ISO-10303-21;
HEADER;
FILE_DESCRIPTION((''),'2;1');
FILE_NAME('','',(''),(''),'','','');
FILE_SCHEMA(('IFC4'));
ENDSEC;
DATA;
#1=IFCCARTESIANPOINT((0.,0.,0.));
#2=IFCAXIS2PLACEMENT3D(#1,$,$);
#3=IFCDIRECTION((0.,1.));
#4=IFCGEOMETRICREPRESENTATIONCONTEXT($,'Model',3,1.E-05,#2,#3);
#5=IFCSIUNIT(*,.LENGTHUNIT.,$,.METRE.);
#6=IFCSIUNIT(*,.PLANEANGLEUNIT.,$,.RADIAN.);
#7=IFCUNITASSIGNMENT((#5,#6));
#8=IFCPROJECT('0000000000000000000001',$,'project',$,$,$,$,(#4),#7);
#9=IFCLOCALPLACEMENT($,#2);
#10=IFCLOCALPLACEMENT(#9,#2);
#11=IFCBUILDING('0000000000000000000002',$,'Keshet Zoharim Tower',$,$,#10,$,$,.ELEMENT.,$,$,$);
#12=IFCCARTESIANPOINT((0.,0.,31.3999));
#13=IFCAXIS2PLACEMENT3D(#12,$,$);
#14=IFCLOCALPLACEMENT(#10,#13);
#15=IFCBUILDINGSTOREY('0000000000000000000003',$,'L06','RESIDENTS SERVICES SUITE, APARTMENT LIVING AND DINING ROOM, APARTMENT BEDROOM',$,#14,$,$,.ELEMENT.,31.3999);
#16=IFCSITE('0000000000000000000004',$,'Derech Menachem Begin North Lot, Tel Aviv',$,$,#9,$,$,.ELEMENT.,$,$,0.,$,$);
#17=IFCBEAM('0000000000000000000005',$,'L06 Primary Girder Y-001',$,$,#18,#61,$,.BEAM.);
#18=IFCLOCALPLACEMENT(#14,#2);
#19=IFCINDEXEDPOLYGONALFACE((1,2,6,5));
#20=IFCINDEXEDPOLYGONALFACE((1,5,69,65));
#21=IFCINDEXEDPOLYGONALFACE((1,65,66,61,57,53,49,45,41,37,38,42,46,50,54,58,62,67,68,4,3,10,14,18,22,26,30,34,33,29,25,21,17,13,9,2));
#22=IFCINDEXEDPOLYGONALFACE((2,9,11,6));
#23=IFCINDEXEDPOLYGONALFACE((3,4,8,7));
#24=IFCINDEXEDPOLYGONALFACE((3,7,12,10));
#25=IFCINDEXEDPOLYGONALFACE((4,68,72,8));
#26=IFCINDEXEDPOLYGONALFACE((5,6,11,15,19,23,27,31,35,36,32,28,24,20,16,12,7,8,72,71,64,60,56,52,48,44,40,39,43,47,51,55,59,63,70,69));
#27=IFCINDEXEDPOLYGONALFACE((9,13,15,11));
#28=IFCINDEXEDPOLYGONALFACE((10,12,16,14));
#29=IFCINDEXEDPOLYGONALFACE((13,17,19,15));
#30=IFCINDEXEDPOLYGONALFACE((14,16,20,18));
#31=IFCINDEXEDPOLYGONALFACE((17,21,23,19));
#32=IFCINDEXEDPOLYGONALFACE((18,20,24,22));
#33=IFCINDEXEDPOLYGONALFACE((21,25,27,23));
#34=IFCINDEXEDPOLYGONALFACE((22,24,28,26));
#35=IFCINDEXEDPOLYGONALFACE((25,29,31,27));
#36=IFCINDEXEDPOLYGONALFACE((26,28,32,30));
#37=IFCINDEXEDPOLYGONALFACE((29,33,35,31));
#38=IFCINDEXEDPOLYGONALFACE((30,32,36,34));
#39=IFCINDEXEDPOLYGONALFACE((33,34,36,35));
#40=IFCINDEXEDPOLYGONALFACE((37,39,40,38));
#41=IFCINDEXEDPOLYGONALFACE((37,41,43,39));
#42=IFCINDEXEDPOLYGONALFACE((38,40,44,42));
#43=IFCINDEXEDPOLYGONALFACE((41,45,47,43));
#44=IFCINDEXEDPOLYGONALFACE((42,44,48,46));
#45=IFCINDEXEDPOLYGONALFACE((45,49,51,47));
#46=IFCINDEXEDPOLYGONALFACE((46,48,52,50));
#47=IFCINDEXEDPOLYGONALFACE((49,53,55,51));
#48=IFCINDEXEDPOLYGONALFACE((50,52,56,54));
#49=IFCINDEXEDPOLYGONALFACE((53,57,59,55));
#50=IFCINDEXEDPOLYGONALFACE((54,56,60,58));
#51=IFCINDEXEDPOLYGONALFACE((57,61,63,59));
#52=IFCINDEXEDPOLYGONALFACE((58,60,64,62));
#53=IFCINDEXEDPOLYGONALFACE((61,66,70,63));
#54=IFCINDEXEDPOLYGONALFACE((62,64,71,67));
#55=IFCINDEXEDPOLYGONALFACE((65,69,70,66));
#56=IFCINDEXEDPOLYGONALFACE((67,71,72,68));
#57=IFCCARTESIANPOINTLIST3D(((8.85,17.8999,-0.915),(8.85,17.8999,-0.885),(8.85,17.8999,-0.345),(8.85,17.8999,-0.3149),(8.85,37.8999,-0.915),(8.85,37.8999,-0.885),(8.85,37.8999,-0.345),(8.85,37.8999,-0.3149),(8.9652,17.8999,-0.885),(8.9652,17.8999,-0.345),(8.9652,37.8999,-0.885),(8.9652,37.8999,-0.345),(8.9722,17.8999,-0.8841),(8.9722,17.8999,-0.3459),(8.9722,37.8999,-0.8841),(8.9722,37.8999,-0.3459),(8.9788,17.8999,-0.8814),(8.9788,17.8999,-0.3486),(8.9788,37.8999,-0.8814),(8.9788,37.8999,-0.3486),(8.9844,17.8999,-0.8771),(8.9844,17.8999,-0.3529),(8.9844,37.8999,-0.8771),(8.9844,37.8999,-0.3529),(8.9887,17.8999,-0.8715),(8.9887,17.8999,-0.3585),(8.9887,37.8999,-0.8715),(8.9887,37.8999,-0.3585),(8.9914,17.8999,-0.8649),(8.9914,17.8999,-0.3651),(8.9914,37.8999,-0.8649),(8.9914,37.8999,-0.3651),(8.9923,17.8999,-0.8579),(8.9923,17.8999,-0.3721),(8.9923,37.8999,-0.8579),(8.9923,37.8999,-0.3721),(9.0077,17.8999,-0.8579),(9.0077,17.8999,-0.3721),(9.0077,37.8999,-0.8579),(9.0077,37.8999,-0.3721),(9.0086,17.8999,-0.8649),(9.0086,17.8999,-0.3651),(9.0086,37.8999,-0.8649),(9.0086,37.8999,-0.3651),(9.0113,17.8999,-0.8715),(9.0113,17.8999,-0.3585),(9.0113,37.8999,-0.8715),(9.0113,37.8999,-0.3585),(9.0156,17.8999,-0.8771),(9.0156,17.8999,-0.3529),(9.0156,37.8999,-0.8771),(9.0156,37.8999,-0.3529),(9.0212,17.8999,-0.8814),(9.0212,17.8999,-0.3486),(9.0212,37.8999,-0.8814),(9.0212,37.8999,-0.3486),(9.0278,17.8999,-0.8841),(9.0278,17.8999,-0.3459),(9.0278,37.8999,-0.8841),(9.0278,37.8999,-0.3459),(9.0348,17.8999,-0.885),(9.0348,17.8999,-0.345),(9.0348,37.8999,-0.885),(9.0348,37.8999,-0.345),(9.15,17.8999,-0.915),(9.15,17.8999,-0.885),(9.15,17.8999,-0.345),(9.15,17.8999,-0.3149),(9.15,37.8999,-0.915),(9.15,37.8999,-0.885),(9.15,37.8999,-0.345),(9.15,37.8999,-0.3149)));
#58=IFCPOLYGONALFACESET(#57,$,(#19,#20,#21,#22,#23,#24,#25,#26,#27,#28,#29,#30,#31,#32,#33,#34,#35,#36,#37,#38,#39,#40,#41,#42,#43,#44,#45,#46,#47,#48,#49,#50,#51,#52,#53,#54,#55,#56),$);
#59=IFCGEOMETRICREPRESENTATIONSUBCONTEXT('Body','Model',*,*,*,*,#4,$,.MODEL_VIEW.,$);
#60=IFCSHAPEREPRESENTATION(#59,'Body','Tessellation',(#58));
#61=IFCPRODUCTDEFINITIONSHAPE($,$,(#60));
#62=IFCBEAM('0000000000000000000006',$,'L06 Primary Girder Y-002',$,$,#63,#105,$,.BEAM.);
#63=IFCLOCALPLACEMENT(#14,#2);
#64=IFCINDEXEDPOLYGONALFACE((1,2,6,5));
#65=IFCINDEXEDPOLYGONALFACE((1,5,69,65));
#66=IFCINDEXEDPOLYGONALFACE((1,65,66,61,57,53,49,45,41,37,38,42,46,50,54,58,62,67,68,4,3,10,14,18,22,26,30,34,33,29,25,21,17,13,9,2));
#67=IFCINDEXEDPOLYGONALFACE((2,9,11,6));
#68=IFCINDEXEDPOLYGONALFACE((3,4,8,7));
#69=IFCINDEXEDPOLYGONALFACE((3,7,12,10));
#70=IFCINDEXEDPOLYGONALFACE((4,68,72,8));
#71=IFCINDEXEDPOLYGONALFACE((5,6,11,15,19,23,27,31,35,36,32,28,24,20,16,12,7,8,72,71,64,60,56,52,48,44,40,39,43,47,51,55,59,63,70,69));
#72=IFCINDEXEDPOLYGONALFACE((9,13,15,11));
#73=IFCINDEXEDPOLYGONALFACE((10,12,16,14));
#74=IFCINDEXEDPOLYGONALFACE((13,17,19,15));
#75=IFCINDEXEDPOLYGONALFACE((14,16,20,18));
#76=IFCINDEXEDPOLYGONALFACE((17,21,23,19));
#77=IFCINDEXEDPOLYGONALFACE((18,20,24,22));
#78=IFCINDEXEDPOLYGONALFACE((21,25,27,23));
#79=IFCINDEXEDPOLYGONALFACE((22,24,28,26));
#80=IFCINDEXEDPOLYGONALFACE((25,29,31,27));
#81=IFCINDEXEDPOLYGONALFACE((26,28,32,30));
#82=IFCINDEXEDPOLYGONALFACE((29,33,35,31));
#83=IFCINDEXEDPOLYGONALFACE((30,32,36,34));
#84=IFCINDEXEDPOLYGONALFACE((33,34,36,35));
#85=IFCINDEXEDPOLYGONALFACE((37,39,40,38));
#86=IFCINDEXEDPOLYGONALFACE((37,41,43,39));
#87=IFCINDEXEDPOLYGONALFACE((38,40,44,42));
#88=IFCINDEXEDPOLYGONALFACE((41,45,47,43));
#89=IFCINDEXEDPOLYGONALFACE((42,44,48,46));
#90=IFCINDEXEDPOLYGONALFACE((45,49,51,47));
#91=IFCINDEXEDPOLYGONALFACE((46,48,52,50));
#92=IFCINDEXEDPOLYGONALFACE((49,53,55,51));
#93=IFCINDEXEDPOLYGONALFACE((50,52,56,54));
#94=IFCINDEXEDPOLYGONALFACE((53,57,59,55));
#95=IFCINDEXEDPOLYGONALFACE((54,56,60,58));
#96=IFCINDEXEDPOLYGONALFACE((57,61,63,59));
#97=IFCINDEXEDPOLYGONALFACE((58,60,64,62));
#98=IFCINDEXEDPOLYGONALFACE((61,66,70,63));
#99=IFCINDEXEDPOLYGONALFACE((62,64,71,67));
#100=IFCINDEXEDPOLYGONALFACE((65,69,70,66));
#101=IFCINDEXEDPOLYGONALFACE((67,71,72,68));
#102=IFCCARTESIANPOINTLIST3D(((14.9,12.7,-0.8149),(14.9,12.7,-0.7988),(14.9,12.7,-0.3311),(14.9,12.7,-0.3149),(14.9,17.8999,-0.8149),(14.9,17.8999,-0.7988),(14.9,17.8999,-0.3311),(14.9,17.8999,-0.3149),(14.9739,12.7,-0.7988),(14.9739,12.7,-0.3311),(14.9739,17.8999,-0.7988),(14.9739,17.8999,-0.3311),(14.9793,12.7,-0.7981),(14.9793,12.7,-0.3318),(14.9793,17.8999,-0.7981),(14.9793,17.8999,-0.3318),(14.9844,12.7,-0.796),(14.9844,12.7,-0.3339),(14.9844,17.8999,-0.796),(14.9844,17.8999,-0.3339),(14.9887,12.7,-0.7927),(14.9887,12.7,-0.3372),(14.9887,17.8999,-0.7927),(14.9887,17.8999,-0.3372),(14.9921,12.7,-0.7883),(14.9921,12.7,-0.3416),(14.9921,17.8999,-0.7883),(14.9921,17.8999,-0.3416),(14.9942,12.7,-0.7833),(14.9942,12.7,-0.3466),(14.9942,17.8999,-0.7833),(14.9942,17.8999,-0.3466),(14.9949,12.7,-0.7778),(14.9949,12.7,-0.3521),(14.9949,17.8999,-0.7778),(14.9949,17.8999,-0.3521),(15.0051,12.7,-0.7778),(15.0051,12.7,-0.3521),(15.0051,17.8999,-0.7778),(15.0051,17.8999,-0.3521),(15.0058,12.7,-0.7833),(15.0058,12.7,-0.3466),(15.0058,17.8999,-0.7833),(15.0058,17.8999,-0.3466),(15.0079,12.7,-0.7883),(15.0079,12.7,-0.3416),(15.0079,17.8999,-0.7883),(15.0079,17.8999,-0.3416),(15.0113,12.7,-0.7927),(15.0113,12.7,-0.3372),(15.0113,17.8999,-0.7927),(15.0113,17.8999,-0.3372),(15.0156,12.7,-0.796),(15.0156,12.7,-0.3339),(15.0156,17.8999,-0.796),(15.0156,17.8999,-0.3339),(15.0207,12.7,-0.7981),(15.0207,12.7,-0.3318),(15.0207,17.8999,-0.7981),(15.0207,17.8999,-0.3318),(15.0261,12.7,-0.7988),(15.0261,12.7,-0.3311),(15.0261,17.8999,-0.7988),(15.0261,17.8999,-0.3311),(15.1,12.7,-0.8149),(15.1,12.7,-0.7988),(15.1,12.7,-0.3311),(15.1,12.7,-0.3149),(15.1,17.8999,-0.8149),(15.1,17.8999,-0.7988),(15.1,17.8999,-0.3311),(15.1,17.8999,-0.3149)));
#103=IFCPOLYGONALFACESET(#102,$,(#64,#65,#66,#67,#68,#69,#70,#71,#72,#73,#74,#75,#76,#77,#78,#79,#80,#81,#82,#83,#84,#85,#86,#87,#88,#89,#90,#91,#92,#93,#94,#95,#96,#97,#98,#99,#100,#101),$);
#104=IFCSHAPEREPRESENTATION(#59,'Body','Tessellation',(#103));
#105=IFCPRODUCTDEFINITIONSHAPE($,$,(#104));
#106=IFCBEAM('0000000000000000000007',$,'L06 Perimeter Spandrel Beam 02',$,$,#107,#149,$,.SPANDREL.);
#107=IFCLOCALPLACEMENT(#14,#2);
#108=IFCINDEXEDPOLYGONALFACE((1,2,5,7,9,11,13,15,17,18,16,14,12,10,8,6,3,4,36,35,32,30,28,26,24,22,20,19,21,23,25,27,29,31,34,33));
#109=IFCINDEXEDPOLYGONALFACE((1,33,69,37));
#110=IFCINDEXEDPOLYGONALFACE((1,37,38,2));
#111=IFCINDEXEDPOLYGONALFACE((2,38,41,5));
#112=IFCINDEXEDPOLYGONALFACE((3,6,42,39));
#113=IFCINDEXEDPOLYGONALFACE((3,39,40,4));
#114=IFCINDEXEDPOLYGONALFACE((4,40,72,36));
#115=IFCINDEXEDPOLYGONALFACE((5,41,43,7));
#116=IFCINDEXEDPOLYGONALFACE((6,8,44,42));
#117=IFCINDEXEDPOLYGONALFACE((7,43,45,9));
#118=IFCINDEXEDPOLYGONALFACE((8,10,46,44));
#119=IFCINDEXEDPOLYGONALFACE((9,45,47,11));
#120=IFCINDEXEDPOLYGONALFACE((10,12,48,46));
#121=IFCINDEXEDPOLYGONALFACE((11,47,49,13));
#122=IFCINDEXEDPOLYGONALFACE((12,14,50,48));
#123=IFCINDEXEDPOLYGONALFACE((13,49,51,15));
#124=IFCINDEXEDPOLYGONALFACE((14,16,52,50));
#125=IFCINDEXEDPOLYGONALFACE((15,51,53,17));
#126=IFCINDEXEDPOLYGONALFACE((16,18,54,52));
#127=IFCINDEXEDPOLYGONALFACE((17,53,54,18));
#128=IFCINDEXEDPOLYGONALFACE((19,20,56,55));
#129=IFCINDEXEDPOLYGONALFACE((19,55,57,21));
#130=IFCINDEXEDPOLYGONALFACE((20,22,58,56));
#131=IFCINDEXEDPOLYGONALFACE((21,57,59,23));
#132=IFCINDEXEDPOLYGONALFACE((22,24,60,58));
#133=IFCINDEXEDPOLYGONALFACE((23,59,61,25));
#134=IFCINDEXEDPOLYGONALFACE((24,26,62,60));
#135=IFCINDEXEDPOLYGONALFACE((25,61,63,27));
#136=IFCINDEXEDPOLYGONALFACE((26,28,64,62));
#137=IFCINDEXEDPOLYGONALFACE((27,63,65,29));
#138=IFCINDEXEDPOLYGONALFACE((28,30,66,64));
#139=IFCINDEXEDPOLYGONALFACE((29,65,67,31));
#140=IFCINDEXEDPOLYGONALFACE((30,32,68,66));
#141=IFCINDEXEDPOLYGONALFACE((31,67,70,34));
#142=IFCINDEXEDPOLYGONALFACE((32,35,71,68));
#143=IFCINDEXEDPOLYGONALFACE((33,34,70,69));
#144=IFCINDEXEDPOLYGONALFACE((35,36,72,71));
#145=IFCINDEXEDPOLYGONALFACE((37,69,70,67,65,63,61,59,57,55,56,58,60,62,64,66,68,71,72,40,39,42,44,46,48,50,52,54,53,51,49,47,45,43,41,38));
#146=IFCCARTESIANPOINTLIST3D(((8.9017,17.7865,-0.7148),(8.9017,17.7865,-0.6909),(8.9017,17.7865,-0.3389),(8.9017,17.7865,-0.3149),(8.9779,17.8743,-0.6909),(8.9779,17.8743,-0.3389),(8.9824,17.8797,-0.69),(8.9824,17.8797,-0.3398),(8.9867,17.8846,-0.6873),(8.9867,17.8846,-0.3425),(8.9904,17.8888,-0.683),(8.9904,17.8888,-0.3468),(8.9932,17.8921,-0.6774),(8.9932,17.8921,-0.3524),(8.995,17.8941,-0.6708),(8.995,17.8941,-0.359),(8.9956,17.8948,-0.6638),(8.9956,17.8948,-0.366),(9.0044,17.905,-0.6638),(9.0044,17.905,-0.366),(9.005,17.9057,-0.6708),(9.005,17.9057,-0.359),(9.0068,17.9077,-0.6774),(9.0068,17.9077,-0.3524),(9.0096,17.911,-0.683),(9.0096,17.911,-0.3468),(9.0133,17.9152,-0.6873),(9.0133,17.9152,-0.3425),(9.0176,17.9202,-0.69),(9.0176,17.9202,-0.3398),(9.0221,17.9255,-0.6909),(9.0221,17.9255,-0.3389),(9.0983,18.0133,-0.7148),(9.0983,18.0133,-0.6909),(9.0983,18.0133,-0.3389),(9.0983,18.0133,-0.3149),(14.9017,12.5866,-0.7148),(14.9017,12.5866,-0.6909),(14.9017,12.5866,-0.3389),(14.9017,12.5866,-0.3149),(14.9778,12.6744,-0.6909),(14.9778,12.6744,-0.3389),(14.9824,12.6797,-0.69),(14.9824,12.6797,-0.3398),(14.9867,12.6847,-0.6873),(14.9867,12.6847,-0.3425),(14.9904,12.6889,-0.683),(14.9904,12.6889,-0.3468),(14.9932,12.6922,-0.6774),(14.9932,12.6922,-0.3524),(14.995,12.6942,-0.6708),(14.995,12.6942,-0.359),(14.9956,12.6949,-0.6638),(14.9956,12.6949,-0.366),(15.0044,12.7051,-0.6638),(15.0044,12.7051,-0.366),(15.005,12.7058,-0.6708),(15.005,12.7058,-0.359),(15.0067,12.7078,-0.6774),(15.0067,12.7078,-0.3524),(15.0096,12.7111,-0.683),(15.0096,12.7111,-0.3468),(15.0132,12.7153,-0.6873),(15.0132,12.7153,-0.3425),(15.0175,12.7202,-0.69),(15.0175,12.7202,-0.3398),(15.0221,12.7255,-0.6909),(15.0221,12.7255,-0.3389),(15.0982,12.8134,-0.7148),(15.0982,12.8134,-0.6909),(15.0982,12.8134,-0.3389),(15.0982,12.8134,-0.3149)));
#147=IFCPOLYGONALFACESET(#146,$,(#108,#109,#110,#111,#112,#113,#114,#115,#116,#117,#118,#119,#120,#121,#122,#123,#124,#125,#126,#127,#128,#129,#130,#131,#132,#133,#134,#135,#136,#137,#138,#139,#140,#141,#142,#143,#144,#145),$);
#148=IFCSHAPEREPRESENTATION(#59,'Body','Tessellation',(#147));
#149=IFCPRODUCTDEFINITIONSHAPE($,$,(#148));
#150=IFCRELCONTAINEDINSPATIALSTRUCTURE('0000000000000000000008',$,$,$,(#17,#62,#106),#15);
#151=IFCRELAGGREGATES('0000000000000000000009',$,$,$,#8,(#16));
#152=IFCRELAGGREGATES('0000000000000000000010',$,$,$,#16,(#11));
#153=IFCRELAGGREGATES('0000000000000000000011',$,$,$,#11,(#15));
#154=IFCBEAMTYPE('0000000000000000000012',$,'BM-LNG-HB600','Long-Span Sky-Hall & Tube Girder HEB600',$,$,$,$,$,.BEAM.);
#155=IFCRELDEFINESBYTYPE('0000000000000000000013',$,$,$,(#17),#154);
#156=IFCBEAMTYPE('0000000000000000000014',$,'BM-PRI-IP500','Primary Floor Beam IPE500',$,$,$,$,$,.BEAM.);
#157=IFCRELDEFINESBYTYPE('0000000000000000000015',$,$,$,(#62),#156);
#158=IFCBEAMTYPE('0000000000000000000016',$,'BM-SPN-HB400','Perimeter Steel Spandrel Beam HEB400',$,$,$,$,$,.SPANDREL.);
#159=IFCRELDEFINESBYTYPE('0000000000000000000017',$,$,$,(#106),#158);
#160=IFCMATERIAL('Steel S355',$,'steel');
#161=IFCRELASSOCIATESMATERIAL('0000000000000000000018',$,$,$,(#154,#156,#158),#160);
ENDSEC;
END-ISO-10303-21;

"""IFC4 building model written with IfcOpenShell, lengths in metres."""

from ifc_helpers import new_model, si_unit, direction, frame, origin, origin_2d, place, context, subcontext, project, spatial, i_section, extrude, material, material_profile, profile_set, type_object, element, save


model = new_model("IFC4")

# Units and contexts
model_context = context("Model", 3, precision=1e-05, world=origin(), true_north=direction((0.0, 1.0)))
body_context = subcontext(model_context, "Body", "Model", "MODEL_VIEW")
ifc_project = project(units=[si_unit("LENGTHUNIT", "METRE"), si_unit("PLANEANGLEUNIT", "RADIAN")], contexts=[model_context])

# Site, building, storey
site_placement = place(None, origin())
site = spatial("IfcSite", under=ifc_project, at=site_placement, Name="Derech Menachem Begin North Lot, Tel Aviv", CompositionType="ELEMENT", RefElevation=0.0)
building_placement = place(site_placement, origin())
building = spatial("IfcBuilding", under=site, at=building_placement, Name="Keshet Zoharim Tower", CompositionType="ELEMENT")
storey_placement = place(building_placement, frame((0.0, 0.0, 31.3999)))
storey = spatial("IfcBuildingStorey", under=building, at=storey_placement, Name="L06", Description="RESIDENTS SERVICES SUITE, APARTMENT LIVING AND DINING ROOM, APARTMENT BEDROOM", CompositionType="ELEMENT", Elevation=31.3999)

# Shared definitions
ifc_material_1 = material(Name="Steel S355", Category="steel")

# Beams
ifc_material_profile_1 = material_profile(ifc_material_1, i_section(OverallWidth=0.3, OverallDepth=0.6001, WebThickness=0.0154, FlangeThickness=0.03, FilletRadius=0.0271, at=origin_2d()), Name="HEB600")
ifc_profile_set_1 = profile_set([ifc_material_profile_1], Name="Steel S355")
beam_type_1 = type_object("IfcBeamType", Name="BM-LNG-HB600", Description="Long-Span Sky-Hall & Tube Girder HEB600", PredefinedType="BEAM", material=ifc_profile_set_1)
beam_1_placement = place(storey_placement, frame((9.0, 17.8999, -0.615), z_axis=(0.0, 1.0, 0.0), x_axis=(-1.0, 0.0, 0.0)))
element("IfcBeam", 1, at=beam_1_placement, inside=storey, type_object=beam_type_1, Name="L06 Primary Girder Y-001", PredefinedType="BEAM", context=body_context, shape_type="SweptSolid", body=[
    extrude(i_section(OverallWidth=0.3, OverallDepth=0.6001, WebThickness=0.0154, FlangeThickness=0.03, FilletRadius=0.0271, at=origin_2d()), origin(), (0.0, 0.0, 1.0), 20.0),
])
ifc_material_profile_2 = material_profile(ifc_material_1, i_section(OverallWidth=0.2, OverallDepth=0.5, WebThickness=0.0103, FlangeThickness=0.0161, FilletRadius=0.021, at=origin_2d()), Name="IPE500")
ifc_profile_set_2 = profile_set([ifc_material_profile_2], Name="Steel S355")
beam_type_2 = type_object("IfcBeamType", Name="BM-PRI-IP500", Description="Primary Floor Beam IPE500", PredefinedType="BEAM", material=ifc_profile_set_2)
beam_2_placement = place(storey_placement, frame((15.0, 12.7, -0.5649), z_axis=(0.0, 1.0, 0.0), x_axis=(-1.0, 0.0, 0.0)))
element("IfcBeam", 2, at=beam_2_placement, inside=storey, type_object=beam_type_2, Name="L06 Primary Girder Y-002", PredefinedType="BEAM", context=body_context, shape_type="SweptSolid", body=[
    extrude(i_section(OverallWidth=0.2, OverallDepth=0.5, WebThickness=0.0103, FlangeThickness=0.0161, FilletRadius=0.021, at=origin_2d()), origin(), (0.0, 0.0, 1.0), 5.2),
])
ifc_material_profile_3 = material_profile(ifc_material_1, i_section(OverallWidth=0.3, OverallDepth=0.3999, WebThickness=0.0134, FlangeThickness=0.0239, FilletRadius=0.0271, at=origin_2d()), Name="HEB400")
ifc_profile_set_3 = profile_set([ifc_material_profile_3], Name="Steel S355")
beam_type_3 = type_object("IfcBeamType", Name="BM-SPN-HB400", Description="Perimeter Steel Spandrel Beam HEB400", PredefinedType="SPANDREL", material=ifc_profile_set_3)
beam_3_placement = place(storey_placement, frame((9.0, 17.8999, -0.5149), z_axis=(0.755692, -0.654927, 0.0), x_axis=(0.654927, 0.755692, 0.0)))
element("IfcBeam", 3, at=beam_3_placement, inside=storey, type_object=beam_type_3, Name="L06 Perimeter Spandrel Beam 02", PredefinedType="SPANDREL", context=body_context, shape_type="SweptSolid", body=[
    extrude(i_section(OverallWidth=0.3, OverallDepth=0.3999, WebThickness=0.0134, FlangeThickness=0.0239, FilletRadius=0.0271, at=origin_2d()), origin(), (0.0, 0.0, 1.0), 7.9397),
])

save(model, "model.ifc")
